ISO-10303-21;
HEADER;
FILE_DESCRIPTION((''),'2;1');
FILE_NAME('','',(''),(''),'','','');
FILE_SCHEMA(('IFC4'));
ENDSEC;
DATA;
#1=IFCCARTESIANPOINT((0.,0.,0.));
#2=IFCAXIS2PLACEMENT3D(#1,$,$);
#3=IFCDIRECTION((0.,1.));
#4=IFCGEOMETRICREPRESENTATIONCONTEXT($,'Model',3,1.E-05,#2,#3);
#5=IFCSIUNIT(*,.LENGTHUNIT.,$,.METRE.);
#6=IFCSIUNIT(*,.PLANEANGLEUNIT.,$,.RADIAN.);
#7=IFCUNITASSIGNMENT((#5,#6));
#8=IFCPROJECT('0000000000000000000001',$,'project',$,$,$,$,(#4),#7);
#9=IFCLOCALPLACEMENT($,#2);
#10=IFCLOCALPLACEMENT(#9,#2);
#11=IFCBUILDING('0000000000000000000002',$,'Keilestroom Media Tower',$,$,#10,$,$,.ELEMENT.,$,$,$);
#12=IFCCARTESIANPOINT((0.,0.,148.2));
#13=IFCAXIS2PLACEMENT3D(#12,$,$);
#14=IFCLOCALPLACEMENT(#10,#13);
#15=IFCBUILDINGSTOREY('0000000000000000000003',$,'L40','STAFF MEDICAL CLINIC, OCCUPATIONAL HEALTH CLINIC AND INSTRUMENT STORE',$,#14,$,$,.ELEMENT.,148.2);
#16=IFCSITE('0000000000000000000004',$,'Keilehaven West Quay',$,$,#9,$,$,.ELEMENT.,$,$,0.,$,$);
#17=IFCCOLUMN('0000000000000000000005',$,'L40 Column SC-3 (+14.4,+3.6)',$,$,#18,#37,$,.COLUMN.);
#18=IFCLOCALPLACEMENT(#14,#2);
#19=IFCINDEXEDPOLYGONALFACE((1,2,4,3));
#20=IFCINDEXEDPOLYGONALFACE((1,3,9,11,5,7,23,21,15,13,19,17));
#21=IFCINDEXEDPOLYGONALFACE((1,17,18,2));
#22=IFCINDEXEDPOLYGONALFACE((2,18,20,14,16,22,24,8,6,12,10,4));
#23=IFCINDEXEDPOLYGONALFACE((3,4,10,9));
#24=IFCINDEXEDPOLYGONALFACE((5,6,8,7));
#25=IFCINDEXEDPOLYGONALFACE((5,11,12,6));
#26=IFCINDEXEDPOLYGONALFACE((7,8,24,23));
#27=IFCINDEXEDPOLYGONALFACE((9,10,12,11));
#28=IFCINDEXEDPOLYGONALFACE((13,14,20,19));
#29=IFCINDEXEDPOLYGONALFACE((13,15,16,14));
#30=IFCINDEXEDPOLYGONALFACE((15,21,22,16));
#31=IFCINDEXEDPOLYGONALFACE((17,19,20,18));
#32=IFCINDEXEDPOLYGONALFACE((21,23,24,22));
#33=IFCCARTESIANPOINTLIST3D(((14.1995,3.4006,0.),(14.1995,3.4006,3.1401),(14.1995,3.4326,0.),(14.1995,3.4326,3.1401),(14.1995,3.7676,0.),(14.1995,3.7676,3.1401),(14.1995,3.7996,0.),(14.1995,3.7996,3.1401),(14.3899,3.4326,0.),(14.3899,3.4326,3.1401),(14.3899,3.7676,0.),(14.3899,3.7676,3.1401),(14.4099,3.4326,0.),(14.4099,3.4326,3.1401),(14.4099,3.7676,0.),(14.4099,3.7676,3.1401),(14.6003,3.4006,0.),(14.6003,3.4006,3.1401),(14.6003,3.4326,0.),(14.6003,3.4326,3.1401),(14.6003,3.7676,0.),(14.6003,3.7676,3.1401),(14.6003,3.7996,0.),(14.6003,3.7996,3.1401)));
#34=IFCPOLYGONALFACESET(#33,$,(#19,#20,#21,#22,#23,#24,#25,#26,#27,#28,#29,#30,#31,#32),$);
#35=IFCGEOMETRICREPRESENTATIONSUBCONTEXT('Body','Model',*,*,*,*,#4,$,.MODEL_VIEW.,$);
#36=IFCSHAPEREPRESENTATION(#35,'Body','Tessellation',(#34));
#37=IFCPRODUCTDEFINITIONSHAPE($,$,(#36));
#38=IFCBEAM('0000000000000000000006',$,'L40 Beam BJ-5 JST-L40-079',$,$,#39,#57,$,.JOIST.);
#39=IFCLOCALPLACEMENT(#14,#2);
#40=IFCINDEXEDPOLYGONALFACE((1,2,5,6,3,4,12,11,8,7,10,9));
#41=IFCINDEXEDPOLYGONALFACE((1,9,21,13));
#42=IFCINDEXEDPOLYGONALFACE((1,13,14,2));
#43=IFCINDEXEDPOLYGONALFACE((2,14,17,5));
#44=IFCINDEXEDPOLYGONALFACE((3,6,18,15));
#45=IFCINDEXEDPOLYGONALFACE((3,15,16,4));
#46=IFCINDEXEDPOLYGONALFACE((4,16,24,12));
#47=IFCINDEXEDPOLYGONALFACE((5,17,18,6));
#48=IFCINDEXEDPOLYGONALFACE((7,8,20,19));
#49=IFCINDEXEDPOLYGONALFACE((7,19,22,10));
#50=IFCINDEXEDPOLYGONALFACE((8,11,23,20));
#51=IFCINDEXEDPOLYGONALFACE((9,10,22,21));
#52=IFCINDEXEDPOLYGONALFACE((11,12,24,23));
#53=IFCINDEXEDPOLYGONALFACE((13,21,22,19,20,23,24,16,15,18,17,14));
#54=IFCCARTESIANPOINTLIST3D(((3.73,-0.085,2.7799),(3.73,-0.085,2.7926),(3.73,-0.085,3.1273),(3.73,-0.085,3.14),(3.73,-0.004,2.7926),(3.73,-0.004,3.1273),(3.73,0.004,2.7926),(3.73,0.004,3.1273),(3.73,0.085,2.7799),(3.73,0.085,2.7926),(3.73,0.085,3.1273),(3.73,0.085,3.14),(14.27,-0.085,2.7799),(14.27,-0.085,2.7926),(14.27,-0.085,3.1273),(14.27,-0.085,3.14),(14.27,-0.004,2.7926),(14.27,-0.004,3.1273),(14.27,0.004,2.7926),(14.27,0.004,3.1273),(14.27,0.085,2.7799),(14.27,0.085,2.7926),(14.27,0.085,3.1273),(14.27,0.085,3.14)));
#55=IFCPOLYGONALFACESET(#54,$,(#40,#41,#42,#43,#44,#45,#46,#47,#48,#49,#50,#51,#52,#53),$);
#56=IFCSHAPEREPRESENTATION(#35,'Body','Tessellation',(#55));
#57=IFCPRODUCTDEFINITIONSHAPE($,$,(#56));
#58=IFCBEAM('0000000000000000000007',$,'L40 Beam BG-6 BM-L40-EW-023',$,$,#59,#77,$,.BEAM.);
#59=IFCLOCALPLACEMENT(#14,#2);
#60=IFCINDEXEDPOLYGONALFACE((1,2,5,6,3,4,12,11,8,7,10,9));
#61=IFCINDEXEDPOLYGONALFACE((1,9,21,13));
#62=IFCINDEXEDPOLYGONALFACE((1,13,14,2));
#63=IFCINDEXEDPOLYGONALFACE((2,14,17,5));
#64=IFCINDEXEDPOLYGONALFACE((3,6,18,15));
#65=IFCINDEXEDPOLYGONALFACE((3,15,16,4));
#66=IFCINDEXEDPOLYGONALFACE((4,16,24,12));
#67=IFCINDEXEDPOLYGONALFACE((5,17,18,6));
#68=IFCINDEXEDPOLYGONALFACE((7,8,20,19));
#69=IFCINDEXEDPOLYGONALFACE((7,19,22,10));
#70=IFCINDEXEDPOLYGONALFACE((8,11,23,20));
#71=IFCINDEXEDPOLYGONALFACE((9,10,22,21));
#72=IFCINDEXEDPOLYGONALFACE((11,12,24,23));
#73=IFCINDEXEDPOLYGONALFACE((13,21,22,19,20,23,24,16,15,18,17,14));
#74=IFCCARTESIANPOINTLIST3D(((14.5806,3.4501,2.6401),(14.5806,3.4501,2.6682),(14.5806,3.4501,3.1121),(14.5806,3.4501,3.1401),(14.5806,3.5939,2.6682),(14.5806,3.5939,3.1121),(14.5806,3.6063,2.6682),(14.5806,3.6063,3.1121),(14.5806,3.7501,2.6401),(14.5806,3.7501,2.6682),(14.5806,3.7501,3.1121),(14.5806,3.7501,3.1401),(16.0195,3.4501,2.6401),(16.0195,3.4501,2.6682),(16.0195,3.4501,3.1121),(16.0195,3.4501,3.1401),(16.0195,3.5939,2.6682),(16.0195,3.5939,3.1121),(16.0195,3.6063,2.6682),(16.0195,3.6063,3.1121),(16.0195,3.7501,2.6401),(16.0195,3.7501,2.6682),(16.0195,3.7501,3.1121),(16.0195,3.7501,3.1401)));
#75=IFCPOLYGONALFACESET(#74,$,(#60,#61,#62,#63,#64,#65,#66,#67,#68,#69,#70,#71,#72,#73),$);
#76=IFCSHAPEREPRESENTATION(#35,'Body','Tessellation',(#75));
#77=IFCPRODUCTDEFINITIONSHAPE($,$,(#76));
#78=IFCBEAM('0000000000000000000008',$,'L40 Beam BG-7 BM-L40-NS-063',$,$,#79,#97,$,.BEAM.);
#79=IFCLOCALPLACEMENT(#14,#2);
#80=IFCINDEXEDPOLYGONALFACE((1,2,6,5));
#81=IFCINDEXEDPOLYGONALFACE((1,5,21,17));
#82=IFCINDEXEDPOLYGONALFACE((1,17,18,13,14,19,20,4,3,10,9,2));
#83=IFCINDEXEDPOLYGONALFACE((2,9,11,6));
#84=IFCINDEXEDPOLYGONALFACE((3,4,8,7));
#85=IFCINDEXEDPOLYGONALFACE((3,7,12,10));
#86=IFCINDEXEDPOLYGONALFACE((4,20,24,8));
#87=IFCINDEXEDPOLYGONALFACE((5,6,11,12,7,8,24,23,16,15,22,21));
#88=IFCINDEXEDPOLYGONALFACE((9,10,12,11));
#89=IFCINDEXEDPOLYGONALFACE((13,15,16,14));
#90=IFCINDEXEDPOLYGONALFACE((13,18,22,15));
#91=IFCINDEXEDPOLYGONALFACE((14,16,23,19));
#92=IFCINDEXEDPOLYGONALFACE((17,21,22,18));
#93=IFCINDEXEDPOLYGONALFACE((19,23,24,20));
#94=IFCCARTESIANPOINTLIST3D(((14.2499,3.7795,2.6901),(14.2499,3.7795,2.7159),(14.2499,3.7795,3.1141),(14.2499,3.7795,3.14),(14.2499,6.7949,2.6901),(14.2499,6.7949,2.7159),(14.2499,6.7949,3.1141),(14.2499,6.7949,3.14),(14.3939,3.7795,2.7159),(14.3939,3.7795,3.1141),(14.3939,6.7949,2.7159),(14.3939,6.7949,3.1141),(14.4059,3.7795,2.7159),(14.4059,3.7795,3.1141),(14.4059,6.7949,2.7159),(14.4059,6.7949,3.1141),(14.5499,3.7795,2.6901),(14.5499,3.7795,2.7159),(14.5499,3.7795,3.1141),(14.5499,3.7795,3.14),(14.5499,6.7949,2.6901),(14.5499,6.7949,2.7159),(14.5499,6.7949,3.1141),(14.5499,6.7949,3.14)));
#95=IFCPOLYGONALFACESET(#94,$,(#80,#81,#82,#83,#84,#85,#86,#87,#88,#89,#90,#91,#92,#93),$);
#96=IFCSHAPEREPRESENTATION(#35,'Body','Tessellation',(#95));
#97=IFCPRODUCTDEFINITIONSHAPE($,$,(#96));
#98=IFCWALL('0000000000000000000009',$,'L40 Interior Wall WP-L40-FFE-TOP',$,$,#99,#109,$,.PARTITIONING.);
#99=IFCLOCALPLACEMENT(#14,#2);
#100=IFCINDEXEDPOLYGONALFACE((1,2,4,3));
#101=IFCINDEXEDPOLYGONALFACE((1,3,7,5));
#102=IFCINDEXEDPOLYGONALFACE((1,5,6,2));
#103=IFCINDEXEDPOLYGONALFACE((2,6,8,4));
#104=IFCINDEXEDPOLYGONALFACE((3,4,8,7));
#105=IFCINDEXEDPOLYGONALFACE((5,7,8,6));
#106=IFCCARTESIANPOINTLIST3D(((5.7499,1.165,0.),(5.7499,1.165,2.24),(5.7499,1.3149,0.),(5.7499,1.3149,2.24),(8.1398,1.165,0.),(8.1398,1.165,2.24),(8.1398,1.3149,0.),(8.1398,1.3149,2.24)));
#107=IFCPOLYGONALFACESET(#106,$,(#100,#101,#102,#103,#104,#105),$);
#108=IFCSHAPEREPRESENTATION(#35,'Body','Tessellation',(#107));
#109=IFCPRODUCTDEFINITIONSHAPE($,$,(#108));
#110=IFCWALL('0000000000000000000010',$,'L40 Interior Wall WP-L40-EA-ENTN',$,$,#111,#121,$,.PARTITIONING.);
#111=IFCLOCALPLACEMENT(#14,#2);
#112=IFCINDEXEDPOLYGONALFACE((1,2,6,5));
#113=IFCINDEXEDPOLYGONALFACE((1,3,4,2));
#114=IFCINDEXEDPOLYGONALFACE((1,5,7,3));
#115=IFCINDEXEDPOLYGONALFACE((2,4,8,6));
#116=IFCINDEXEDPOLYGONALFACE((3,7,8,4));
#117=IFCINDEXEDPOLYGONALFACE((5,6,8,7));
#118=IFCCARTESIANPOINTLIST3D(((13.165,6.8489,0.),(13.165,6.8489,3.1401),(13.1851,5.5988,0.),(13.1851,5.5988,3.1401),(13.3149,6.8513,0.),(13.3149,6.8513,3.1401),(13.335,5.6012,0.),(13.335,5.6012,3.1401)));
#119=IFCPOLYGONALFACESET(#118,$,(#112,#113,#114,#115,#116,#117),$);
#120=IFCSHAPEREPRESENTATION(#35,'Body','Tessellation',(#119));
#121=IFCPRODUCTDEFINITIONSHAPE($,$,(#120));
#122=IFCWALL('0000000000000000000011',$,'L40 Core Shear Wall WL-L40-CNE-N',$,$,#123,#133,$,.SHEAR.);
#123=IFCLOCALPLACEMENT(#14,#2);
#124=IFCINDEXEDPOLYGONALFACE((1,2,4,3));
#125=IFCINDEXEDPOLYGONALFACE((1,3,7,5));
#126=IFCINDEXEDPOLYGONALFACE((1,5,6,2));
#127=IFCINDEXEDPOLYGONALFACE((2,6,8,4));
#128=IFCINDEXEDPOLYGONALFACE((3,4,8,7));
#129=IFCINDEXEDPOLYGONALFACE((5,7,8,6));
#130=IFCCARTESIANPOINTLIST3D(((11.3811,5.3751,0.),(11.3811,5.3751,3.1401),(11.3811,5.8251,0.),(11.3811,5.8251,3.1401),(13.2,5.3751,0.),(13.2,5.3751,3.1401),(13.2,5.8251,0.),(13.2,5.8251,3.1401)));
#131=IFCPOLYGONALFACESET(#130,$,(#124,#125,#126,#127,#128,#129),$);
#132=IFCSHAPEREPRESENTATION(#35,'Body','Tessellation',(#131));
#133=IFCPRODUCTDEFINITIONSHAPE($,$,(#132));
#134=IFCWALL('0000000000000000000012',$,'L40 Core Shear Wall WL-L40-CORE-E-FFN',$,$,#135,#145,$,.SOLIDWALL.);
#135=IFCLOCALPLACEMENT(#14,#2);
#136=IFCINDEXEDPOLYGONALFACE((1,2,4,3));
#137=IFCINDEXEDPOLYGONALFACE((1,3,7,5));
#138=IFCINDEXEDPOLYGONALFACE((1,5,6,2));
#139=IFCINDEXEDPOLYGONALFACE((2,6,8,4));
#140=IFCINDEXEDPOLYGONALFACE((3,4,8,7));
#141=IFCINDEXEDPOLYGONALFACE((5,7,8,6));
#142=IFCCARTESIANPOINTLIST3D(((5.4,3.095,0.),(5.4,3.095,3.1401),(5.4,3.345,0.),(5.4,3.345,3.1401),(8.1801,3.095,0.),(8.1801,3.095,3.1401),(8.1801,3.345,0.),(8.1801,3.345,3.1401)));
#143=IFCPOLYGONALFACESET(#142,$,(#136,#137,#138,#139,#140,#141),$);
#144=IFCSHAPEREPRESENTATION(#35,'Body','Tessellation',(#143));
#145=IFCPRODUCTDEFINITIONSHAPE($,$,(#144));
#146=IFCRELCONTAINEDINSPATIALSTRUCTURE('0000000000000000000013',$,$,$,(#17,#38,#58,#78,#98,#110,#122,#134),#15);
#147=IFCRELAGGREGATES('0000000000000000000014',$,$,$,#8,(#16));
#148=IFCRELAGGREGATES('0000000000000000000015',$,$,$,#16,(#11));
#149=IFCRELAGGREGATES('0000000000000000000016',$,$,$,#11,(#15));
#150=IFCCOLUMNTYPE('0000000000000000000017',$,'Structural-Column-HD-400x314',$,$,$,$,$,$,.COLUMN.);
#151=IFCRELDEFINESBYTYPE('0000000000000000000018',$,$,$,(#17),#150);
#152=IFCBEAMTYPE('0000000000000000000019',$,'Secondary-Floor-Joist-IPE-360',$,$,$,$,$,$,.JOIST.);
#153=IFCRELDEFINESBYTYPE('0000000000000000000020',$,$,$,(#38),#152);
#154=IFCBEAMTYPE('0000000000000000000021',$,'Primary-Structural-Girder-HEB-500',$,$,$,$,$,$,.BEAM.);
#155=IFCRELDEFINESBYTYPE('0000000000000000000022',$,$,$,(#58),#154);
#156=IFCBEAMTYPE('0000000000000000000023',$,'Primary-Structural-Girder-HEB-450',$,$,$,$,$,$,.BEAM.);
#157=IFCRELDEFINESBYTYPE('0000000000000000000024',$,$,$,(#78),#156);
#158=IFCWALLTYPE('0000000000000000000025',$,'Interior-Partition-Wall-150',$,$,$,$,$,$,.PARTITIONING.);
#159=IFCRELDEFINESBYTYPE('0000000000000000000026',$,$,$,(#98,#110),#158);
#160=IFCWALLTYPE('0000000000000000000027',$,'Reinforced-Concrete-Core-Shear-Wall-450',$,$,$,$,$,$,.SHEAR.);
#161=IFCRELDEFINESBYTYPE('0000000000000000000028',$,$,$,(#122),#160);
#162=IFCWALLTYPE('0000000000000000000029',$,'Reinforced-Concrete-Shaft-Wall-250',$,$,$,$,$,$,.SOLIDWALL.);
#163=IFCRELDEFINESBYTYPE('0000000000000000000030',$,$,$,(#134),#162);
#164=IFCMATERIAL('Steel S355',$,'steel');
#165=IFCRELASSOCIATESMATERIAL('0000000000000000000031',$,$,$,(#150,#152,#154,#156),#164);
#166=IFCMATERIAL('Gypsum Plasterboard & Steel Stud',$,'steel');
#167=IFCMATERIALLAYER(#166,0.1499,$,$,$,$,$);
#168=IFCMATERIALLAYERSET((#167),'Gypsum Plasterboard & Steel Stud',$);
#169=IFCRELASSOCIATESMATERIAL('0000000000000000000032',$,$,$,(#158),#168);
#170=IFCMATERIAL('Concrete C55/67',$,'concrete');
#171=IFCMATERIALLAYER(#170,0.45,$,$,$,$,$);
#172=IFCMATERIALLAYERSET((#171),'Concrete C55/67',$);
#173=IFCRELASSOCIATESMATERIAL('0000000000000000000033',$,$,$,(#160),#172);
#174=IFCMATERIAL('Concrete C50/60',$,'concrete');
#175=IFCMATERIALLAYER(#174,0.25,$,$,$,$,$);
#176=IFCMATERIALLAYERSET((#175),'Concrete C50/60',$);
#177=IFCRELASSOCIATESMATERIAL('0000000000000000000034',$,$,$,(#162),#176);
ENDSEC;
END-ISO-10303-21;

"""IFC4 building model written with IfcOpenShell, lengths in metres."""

from ifc_helpers import new_model, si_unit, direction, frame, frame_2d, origin, origin_2d, place, context, subcontext, project, spatial, rectangle, i_section, extrude, source, transform, mapped, material, layer, layer_set, material_profile, profile_set, type_object, element, save


model = new_model("IFC4")

# Units and contexts
model_context = context("Model", 3, precision=1e-05, world=origin(), true_north=direction((0.0, 1.0)))
body_context = subcontext(model_context, "Body", "Model", "MODEL_VIEW")
ifc_project = project(units=[si_unit("LENGTHUNIT", "METRE"), si_unit("PLANEANGLEUNIT", "RADIAN")], contexts=[model_context])

# Site, building, storey
site_placement = place(None, origin())
site = spatial("IfcSite", under=ifc_project, at=site_placement, Name="Keilehaven West Quay", CompositionType="ELEMENT", RefElevation=0.0)
building_placement = place(site_placement, origin())
building = spatial("IfcBuilding", under=site, at=building_placement, Name="Keilestroom Media Tower", CompositionType="ELEMENT")
storey_placement = place(building_placement, frame((0.0, 0.0, 148.2)))
storey = spatial("IfcBuildingStorey", under=building, at=storey_placement, Name="L40", Description="STAFF MEDICAL CLINIC, OCCUPATIONAL HEALTH CLINIC AND INSTRUMENT STORE", CompositionType="ELEMENT", Elevation=148.2)

# Column
ifc_material_1 = material(Name="Steel S355", Category="steel")
ifc_material_profile_1 = material_profile(ifc_material_1, i_section(OverallWidth=0.4009, OverallDepth=0.3989, WebThickness=0.02, FlangeThickness=0.032, at=origin_2d()), Name="HD 400x314")
ifc_profile_set_1 = profile_set([ifc_material_profile_1], Name="Steel S355")
column_type = type_object("IfcColumnType", Name="Structural-Column-HD-400x314", PredefinedType="COLUMN", material=ifc_profile_set_1)
shared_shape_1 = source(origin(), body_context, "Body", "SweptSolid", [
    extrude(i_section(OverallWidth=0.4009, OverallDepth=0.3989, WebThickness=0.02, FlangeThickness=0.032, at=origin_2d()), origin(), (0.0, 0.0, 1.0), 3.1401),
])
column_placement = place(storey_placement, frame((14.3999, 3.6001, 0.0), z_axis=(0.0, 0.0, 1.0), x_axis=(1.0, 0.0, 0.0)))
element("IfcColumn", 1, at=column_placement, inside=storey, type_object=column_type, Name="L40 Column SC-3 (+14.4,+3.6)", PredefinedType="COLUMN", context=body_context, shape_type="MappedRepresentation", body=[
    mapped(shared_shape_1, transform((0.0, 0.0, 0.0), x_axis=(1.0, 0.0, 0.0), y_axis=(0.0, 1.0, 0.0), z_axis=(0.0, 0.0, 1.0), scale=1.0)),
])

# Beams
ifc_material_profile_2 = material_profile(ifc_material_1, i_section(OverallWidth=0.1699, OverallDepth=0.3601, WebThickness=0.0081, FlangeThickness=0.0127, at=origin_2d()), Name="IPE 360")
ifc_profile_set_2 = profile_set([ifc_material_profile_2], Name="Steel S355")
beam_type_1 = type_object("IfcBeamType", Name="Secondary-Floor-Joist-IPE-360", PredefinedType="JOIST", material=ifc_profile_set_2)
shared_shape_2 = source(origin(), body_context, "Body", "SweptSolid", [
    extrude(i_section(OverallWidth=0.1699, OverallDepth=0.3601, WebThickness=0.0081, FlangeThickness=0.0127, at=origin_2d()), origin(), (0.0, 0.0, 1.0), 10.54),
])
beam_1_placement = place(storey_placement, frame((3.73, 0.0, 2.96), z_axis=(1.0, 0.0, 0.0), x_axis=(0.0, 1.0, 0.0)))
element("IfcBeam", 2, at=beam_1_placement, inside=storey, type_object=beam_type_1, Name="L40 Beam BJ-5 JST-L40-079", PredefinedType="JOIST", context=body_context, shape_type="MappedRepresentation", body=[
    mapped(shared_shape_2, transform((0.0, 0.0, 0.0), x_axis=(1.0, 0.0, 0.0), y_axis=(0.0, 1.0, 0.0), z_axis=(0.0, 0.0, 1.0), scale=1.0)),
])
ifc_material_profile_3 = material_profile(ifc_material_1, i_section(OverallWidth=0.3, OverallDepth=0.5, WebThickness=0.0125, FlangeThickness=0.0281, at=origin_2d()), Name="HEB 500")
ifc_profile_set_3 = profile_set([ifc_material_profile_3], Name="Steel S355")
beam_type_2 = type_object("IfcBeamType", Name="Primary-Structural-Girder-HEB-500", PredefinedType="BEAM", material=ifc_profile_set_3)
shared_shape_3 = source(origin(), body_context, "Body", "SweptSolid", [
    extrude(i_section(OverallWidth=0.3, OverallDepth=0.5, WebThickness=0.0125, FlangeThickness=0.0281, at=origin_2d()), origin(), (0.0, 0.0, 1.0), 1.439),
])
beam_2_placement = place(storey_placement, frame((14.5806, 3.6001, 2.8901), z_axis=(1.0, 0.0, 0.0), x_axis=(0.0, 1.0, 0.0)))
element("IfcBeam", 3, at=beam_2_placement, inside=storey, type_object=beam_type_2, Name="L40 Beam BG-6 BM-L40-EW-023", PredefinedType="BEAM", context=body_context, shape_type="MappedRepresentation", body=[
    mapped(shared_shape_3, transform((0.0, 0.0, 0.0), x_axis=(1.0, 0.0, 0.0), y_axis=(0.0, 1.0, 0.0), z_axis=(0.0, 0.0, 1.0), scale=1.0)),
])
ifc_material_profile_4 = material_profile(ifc_material_1, i_section(OverallWidth=0.3, OverallDepth=0.45, WebThickness=0.012, FlangeThickness=0.0259, at=origin_2d()), Name="HEB 450")
ifc_profile_set_4 = profile_set([ifc_material_profile_4], Name="Steel S355")
beam_type_3 = type_object("IfcBeamType", Name="Primary-Structural-Girder-HEB-450", PredefinedType="BEAM", material=ifc_profile_set_4)
shared_shape_4 = source(origin(), body_context, "Body", "SweptSolid", [
    extrude(i_section(OverallWidth=0.3, OverallDepth=0.45, WebThickness=0.012, FlangeThickness=0.0259, at=origin_2d()), origin(), (0.0, 0.0, 1.0), 3.0154),
])
beam_3_placement = place(storey_placement, frame((14.3999, 3.7795, 2.915), z_axis=(0.0, 1.0, 0.0), x_axis=(-1.0, 0.0, 0.0)))
element("IfcBeam", 4, at=beam_3_placement, inside=storey, type_object=beam_type_3, Name="L40 Beam BG-7 BM-L40-NS-063", PredefinedType="BEAM", context=body_context, shape_type="MappedRepresentation", body=[
    mapped(shared_shape_4, transform((0.0, 0.0, 0.0), x_axis=(1.0, 0.0, 0.0), y_axis=(0.0, 1.0, 0.0), z_axis=(0.0, 0.0, 1.0), scale=1.0)),
])

# Walls
ifc_material_2 = material(Name="Gypsum Plasterboard & Steel Stud", Category="steel")
ifc_layer_1 = layer(ifc_material_2, 0.1499)
ifc_layer_set_1 = layer_set([ifc_layer_1], Name="Gypsum Plasterboard & Steel Stud")
wall_type_1 = type_object("IfcWallType", Name="Interior-Partition-Wall-150", PredefinedType="PARTITIONING", material=ifc_layer_set_1)
wall_1_placement = place(storey_placement, frame((5.75, 1.24, 0.0), z_axis=(0.0, 0.0, 1.0), x_axis=(1.0, 0.0, 0.0)))
element("IfcWall", 5, at=wall_1_placement, inside=storey, type_object=wall_type_1, Name="L40 Interior Wall WP-L40-FFE-TOP", PredefinedType="PARTITIONING", context=body_context, shape_type="SweptSolid", body=[
    extrude(rectangle(XDim=2.3899, YDim=0.1499, at=frame_2d((1.1948, 0.0))), origin(), (0.0, 0.0, 1.0), 2.24),
])
wall_2_placement = place(storey_placement, frame((13.26, 5.6001, 0.0), z_axis=(0.0, 0.0, 1.0), x_axis=(-0.016014, 0.999872, 0.0)))
element("IfcWall", 6, at=wall_2_placement, inside=storey, type_object=wall_type_1, Name="L40 Interior Wall WP-L40-EA-ENTN", PredefinedType="PARTITIONING", context=body_context, shape_type="SweptSolid", body=[
    extrude(rectangle(XDim=1.2502, YDim=0.1499, at=frame_2d((0.625, 0.0))), origin(), (0.0, 0.0, 1.0), 3.1401),
])
ifc_material_3 = material(Name="Concrete C55/67", Category="concrete")
ifc_layer_2 = layer(ifc_material_3, 0.45)
ifc_layer_set_2 = layer_set([ifc_layer_2], Name="Concrete C55/67")
wall_type_2 = type_object("IfcWallType", Name="Reinforced-Concrete-Core-Shear-Wall-450", PredefinedType="SHEAR", material=ifc_layer_set_2)
wall_3_placement = place(storey_placement, frame((11.3811, 5.6001, 0.0), z_axis=(0.0, 0.0, 1.0), x_axis=(1.0, 0.0, 0.0)))
element("IfcWall", 7, at=wall_3_placement, inside=storey, type_object=wall_type_2, Name="L40 Core Shear Wall WL-L40-CNE-N", PredefinedType="SHEAR", context=body_context, shape_type="SweptSolid", body=[
    extrude(rectangle(XDim=1.8188, YDim=0.45, at=frame_2d((0.9094, 0.0))), origin(), (0.0, 0.0, 1.0), 3.1401),
])
ifc_material_4 = material(Name="Concrete C50/60", Category="concrete")
ifc_layer_3 = layer(ifc_material_4, 0.25)
ifc_layer_set_3 = layer_set([ifc_layer_3], Name="Concrete C50/60")
wall_type_3 = type_object("IfcWallType", Name="Reinforced-Concrete-Shaft-Wall-250", PredefinedType="SOLIDWALL", material=ifc_layer_set_3)
wall_4_placement = place(storey_placement, frame((5.3999, 3.22, 0.0), z_axis=(0.0, 0.0, 1.0), x_axis=(1.0, 0.0, 0.0)))
element("IfcWall", 8, at=wall_4_placement, inside=storey, type_object=wall_type_3, Name="L40 Core Shear Wall WL-L40-CORE-E-FFN", PredefinedType="SOLIDWALL", context=body_context, shape_type="SweptSolid", body=[
    extrude(rectangle(XDim=2.78, YDim=0.25, at=frame_2d((1.3901, 0.0))), origin(), (0.0, 0.0, 1.0), 3.1401),
])

save(model, "model.ifc")
